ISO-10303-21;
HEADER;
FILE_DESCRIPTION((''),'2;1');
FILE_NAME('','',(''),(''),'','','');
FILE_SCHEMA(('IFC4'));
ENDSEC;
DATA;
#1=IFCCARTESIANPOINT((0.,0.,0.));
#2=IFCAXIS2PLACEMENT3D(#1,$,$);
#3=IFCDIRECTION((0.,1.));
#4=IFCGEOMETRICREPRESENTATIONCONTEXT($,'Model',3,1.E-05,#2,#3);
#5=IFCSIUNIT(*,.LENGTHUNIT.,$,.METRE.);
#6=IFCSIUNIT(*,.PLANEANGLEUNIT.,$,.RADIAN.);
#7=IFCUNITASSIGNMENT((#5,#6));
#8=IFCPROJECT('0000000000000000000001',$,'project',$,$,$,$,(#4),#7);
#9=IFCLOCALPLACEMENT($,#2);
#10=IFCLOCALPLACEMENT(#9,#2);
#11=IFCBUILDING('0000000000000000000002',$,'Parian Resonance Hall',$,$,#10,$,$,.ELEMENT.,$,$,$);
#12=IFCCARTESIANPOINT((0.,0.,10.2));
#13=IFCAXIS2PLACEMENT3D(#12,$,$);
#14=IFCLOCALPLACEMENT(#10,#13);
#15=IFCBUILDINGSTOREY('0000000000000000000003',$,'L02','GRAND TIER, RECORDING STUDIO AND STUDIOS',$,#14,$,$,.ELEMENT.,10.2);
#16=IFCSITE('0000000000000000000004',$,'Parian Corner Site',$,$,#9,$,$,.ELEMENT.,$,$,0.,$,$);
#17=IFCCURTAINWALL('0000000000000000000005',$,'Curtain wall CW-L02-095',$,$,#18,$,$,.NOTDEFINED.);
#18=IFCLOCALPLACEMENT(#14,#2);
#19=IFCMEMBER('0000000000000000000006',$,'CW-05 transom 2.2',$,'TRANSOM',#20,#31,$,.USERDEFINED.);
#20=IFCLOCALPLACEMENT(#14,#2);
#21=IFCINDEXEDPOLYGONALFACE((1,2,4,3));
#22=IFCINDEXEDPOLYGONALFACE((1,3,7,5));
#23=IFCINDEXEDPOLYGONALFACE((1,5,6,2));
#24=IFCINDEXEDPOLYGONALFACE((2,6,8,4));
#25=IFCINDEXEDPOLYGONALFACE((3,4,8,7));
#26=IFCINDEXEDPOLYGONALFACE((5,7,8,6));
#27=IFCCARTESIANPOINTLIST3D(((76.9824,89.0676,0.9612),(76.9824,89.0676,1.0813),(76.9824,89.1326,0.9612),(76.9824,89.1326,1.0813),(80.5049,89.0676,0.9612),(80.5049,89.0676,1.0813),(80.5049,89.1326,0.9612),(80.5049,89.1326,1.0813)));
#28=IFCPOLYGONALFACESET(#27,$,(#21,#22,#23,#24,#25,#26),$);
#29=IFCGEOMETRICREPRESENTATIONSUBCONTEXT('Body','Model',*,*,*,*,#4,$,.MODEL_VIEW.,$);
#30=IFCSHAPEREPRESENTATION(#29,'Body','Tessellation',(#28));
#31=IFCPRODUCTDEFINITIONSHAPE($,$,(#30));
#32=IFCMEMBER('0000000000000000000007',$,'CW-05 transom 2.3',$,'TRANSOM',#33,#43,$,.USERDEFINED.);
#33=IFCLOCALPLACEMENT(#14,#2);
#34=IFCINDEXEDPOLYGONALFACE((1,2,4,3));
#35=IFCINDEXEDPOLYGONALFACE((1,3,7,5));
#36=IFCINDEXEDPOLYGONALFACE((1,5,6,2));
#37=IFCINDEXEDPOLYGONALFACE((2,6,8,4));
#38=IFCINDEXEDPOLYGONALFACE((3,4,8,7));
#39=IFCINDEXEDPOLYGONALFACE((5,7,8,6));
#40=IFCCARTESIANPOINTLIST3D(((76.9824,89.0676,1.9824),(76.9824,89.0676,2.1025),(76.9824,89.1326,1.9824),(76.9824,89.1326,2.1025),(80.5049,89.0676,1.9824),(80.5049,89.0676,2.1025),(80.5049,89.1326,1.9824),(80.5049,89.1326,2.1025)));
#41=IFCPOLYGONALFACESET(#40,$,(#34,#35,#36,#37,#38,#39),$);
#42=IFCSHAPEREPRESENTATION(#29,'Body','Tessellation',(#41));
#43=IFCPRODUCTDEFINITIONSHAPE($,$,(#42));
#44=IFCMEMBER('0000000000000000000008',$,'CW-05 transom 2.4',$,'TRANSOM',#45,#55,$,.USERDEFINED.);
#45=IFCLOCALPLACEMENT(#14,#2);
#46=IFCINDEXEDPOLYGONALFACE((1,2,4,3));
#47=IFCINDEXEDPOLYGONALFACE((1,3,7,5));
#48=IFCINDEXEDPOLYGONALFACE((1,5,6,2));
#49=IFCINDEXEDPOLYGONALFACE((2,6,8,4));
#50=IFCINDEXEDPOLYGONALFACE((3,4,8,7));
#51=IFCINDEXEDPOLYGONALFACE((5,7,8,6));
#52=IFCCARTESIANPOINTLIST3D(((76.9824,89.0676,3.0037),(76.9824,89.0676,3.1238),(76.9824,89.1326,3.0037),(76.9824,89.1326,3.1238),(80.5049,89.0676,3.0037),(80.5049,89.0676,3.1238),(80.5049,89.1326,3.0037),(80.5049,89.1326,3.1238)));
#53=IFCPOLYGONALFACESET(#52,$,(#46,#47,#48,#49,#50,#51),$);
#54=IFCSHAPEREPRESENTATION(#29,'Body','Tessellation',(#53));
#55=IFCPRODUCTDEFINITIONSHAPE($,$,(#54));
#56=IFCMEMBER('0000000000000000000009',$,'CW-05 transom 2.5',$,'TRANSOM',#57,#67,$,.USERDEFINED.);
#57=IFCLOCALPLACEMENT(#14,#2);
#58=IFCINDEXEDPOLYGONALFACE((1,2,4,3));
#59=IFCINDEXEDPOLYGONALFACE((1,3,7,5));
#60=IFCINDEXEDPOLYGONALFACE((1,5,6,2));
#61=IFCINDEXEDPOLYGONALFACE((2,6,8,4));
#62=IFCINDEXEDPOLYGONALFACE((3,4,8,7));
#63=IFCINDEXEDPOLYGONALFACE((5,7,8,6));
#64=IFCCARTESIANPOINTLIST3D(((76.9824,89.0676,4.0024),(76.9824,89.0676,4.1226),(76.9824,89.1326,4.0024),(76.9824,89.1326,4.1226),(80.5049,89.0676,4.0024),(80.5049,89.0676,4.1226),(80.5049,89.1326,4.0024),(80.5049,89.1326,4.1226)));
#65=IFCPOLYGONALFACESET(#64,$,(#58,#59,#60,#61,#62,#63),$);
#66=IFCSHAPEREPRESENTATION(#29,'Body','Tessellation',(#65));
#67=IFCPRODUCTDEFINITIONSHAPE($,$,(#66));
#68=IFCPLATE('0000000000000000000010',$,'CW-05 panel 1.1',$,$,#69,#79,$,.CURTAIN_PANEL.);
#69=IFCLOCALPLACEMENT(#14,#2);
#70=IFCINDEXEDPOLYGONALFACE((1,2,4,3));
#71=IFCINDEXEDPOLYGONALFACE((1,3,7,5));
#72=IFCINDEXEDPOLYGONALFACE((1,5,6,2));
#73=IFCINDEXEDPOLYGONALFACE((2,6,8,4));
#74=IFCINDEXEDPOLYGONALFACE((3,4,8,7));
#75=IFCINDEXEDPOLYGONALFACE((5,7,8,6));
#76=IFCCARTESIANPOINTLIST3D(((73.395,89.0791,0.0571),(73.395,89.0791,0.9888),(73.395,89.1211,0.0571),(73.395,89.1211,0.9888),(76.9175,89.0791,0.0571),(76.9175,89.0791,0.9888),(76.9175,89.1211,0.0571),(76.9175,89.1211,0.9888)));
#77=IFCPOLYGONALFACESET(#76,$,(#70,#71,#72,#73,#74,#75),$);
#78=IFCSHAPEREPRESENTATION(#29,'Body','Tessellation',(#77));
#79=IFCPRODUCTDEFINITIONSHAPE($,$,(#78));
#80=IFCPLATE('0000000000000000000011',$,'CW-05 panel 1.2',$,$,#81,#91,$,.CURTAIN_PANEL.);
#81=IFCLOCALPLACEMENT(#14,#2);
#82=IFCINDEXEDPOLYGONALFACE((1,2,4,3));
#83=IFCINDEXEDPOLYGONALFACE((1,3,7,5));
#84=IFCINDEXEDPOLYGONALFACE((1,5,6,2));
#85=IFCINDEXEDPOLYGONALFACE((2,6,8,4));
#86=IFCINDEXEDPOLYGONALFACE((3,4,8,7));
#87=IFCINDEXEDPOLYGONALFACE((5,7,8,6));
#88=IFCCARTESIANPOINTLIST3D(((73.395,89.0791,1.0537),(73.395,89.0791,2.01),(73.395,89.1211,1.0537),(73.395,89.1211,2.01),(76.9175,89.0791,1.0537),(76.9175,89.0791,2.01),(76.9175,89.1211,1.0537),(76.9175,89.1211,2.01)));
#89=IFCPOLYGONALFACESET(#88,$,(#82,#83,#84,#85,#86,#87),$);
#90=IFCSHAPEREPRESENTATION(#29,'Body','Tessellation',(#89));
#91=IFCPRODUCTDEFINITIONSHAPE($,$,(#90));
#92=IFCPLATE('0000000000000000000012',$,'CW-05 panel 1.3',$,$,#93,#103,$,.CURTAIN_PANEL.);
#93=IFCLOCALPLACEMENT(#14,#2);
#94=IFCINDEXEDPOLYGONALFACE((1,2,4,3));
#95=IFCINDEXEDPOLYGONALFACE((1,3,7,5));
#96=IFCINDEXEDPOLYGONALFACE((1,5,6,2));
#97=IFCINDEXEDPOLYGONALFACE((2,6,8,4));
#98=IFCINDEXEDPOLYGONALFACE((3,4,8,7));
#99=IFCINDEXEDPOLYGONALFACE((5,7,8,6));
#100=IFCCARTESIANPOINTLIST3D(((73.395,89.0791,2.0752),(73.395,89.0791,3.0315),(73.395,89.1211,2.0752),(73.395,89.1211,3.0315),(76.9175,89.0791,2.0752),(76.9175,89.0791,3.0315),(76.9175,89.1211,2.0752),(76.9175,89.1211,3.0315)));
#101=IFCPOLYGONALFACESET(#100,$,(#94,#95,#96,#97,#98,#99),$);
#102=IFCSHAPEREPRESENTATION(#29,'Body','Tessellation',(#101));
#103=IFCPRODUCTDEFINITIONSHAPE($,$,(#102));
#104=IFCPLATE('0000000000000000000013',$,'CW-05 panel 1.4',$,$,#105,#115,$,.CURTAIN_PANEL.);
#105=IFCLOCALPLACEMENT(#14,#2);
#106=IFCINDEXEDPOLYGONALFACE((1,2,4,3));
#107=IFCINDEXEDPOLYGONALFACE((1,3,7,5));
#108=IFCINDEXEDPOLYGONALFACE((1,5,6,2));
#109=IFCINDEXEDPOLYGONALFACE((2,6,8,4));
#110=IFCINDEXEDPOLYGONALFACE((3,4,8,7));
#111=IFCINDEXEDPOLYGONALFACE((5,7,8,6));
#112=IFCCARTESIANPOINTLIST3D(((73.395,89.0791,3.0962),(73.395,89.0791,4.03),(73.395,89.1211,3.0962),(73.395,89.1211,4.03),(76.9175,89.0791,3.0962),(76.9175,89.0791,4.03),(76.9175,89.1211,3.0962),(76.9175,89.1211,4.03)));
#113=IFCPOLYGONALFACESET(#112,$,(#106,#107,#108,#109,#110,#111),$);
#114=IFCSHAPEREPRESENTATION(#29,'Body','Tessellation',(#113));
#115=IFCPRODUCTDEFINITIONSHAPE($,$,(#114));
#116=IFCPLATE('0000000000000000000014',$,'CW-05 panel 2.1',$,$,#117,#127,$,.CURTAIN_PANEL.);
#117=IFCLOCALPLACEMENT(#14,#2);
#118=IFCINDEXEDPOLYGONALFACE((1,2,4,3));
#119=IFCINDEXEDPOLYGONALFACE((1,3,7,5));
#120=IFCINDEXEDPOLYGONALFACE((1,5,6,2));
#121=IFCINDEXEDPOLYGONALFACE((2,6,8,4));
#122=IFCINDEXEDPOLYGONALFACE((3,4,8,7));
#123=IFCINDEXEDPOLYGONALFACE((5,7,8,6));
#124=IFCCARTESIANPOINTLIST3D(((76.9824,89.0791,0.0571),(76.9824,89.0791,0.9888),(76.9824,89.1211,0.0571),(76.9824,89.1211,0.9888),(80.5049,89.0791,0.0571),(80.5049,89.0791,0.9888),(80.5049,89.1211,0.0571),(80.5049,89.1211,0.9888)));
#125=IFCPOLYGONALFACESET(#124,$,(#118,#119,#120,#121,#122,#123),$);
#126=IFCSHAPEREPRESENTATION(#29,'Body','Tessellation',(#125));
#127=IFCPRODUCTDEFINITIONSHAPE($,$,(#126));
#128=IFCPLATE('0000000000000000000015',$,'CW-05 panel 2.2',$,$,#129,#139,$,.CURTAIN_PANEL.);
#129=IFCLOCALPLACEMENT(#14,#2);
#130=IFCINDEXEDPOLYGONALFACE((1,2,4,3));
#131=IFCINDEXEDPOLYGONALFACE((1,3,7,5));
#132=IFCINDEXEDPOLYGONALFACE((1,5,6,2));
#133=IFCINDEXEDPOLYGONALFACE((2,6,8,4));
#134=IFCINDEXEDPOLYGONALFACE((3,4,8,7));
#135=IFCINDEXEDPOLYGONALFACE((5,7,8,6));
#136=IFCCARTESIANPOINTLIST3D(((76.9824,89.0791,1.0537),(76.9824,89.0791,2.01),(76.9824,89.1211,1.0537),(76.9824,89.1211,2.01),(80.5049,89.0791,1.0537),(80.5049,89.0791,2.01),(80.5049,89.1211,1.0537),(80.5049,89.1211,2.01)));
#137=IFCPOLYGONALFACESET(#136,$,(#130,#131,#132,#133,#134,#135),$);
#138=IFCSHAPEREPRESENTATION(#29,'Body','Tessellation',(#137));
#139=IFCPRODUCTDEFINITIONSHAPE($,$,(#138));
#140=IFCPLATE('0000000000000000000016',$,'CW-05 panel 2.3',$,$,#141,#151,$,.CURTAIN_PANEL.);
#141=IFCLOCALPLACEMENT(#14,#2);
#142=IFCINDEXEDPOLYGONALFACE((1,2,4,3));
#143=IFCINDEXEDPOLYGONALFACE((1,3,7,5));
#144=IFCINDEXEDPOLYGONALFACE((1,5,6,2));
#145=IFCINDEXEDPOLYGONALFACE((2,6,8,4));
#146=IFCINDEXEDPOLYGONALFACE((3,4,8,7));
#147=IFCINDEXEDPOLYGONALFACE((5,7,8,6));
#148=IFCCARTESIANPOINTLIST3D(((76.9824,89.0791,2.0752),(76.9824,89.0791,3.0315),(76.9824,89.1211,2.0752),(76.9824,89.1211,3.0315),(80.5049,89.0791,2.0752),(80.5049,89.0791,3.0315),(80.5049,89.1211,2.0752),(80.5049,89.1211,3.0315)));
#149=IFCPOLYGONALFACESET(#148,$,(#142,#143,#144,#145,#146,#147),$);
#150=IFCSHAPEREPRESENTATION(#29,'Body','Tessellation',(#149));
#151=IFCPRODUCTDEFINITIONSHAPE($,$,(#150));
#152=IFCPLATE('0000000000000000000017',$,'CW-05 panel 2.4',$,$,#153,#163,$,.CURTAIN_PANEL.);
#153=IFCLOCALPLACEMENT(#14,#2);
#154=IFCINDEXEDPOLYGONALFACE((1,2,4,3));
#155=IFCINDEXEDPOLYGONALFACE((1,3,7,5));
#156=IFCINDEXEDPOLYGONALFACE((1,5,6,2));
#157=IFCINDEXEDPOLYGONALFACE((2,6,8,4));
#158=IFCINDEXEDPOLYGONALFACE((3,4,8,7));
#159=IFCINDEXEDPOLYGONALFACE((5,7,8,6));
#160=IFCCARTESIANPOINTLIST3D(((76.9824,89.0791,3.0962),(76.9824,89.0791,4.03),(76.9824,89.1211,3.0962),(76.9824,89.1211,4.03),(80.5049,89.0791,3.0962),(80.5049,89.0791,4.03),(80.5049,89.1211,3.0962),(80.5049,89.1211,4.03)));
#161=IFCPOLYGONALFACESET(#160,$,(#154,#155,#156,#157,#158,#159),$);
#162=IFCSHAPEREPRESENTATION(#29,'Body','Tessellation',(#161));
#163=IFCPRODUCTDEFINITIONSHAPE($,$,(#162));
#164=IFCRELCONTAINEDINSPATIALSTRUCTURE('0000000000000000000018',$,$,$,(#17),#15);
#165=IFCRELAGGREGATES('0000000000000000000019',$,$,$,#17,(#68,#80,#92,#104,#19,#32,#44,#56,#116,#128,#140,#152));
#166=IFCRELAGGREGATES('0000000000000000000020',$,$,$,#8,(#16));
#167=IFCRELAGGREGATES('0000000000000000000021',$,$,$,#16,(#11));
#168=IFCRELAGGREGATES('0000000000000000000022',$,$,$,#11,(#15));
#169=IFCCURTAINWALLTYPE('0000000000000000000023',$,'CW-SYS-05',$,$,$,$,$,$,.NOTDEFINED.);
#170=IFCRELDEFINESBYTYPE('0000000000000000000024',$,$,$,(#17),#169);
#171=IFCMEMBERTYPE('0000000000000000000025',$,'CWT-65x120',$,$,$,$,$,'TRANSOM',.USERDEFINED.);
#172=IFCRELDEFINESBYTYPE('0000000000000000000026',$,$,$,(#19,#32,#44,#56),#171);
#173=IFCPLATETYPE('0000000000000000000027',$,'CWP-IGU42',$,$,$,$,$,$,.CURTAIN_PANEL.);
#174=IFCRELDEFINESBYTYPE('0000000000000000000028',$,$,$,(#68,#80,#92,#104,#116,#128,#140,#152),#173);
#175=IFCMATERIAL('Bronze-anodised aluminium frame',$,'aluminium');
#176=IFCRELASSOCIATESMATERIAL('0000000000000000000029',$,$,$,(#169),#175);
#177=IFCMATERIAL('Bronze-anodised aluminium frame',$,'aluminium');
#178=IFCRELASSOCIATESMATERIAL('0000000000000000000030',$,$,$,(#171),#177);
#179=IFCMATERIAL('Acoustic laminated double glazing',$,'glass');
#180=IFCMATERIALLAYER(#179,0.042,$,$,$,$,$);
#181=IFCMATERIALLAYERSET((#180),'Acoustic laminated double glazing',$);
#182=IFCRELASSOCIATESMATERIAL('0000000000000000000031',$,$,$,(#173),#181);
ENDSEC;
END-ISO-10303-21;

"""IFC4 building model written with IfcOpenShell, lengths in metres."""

from ifc_helpers import new_model, si_unit, direction, frame, origin, origin_2d, place, context, subcontext, project, spatial, rectangle, extrude, material, layer, layer_set, material_profile, profile_set, type_object, element, aggregate, save


model = new_model("IFC4")

# Units and contexts
model_context = context("Model", 3, precision=1e-05, world=origin(), true_north=direction((0.0, 1.0)))
body_context = subcontext(model_context, "Body", "Model", "MODEL_VIEW")
ifc_project = project(units=[si_unit("LENGTHUNIT", "METRE"), si_unit("PLANEANGLEUNIT", "RADIAN")], contexts=[model_context])

# Site, building, storey
site_placement = place(None, origin())
site = spatial("IfcSite", under=ifc_project, at=site_placement, Name="Parian Corner Site", CompositionType="ELEMENT", RefElevation=0.0)
building_placement = place(site_placement, origin())
building = spatial("IfcBuilding", under=site, at=building_placement, Name="Parian Resonance Hall", CompositionType="ELEMENT")
storey_placement = place(building_placement, frame((0.0, 0.0, 10.2)))
storey = spatial("IfcBuildingStorey", under=building, at=storey_placement, Name="L02", Description="GRAND TIER, RECORDING STUDIO AND STUDIOS", CompositionType="ELEMENT", Elevation=10.2)

# Curtain wall, members, plates
ifc_material_1 = material(Name="Bronze-anodised aluminium frame", Category="aluminium")
curtain_wall_type = type_object("IfcCurtainWallType", Name="CW-SYS-05", PredefinedType="NOTDEFINED", material=ifc_material_1)
curtain_wall_placement = place(storey_placement, origin())
curtain_wall = element("IfcCurtainWall", 1, at=curtain_wall_placement, inside=storey, type_object=curtain_wall_type, Name="Curtain wall CW-L02-095", PredefinedType="NOTDEFINED")
ifc_material_2 = material(Name="Bronze-anodised aluminium frame", Category="aluminium")
ifc_material_profile_1 = material_profile(ifc_material_2, rectangle(XDim=0.0649, YDim=0.1201, at=origin_2d()), Name="CWT-65x120")
ifc_profile_set_1 = profile_set([ifc_material_profile_1], Name="Bronze-anodised aluminium frame")
member_type_1 = type_object("IfcMemberType", Name="CWT-65x120", ElementType="TRANSOM", PredefinedType="USERDEFINED", material=ifc_profile_set_1)
member_1_placement = place(storey_placement, frame((76.9824, 89.1001, 1.0212), z_axis=(1.0, 0.0, 0.0), x_axis=(0.0, 1.0, 0.0)))
member_1 = element("IfcMember", 2, at=member_1_placement, type_object=member_type_1, Name="CW-05 transom 2.2", ObjectType="TRANSOM", PredefinedType="USERDEFINED", context=body_context, shape_type="SweptSolid", body=[
    extrude(rectangle(XDim=0.0649, YDim=0.1201, at=origin_2d()), origin(), (0.0, 0.0, 1.0), 3.5225),
])
member_2_placement = place(storey_placement, frame((76.9824, 89.1001, 2.0425), z_axis=(1.0, 0.0, 0.0), x_axis=(0.0, 1.0, 0.0)))
member_2 = element("IfcMember", 3, at=member_2_placement, type_object=member_type_1, Name="CW-05 transom 2.3", ObjectType="TRANSOM", PredefinedType="USERDEFINED", context=body_context, shape_type="SweptSolid", body=[
    extrude(rectangle(XDim=0.0649, YDim=0.1201, at=origin_2d()), origin(), (0.0, 0.0, 1.0), 3.5225),
])
member_3_placement = place(storey_placement, frame((76.9824, 89.1001, 3.0637), z_axis=(1.0, 0.0, 0.0), x_axis=(0.0, 1.0, 0.0)))
member_3 = element("IfcMember", 4, at=member_3_placement, type_object=member_type_1, Name="CW-05 transom 2.4", ObjectType="TRANSOM", PredefinedType="USERDEFINED", context=body_context, shape_type="SweptSolid", body=[
    extrude(rectangle(XDim=0.0649, YDim=0.1201, at=origin_2d()), origin(), (0.0, 0.0, 1.0), 3.5225),
])
member_4_placement = place(storey_placement, frame((76.9824, 89.1001, 4.0625), z_axis=(1.0, 0.0, 0.0), x_axis=(0.0, 1.0, 0.0)))
member_4 = element("IfcMember", 5, at=member_4_placement, type_object=member_type_1, Name="CW-05 transom 2.5", ObjectType="TRANSOM", PredefinedType="USERDEFINED", context=body_context, shape_type="SweptSolid", body=[
    extrude(rectangle(XDim=0.0649, YDim=0.1201, at=origin_2d()), origin(), (0.0, 0.0, 1.0), 3.5225),
])
ifc_material_3 = material(Name="Acoustic laminated double glazing", Category="glass")
ifc_layer = layer(ifc_material_3, 0.042)
ifc_layer_set = layer_set([ifc_layer], Name="Acoustic laminated double glazing")
plate_type = type_object("IfcPlateType", Name="CWP-IGU42", PredefinedType="CURTAIN_PANEL", material=ifc_layer_set)
plate_1_placement = place(storey_placement, frame((75.1562, 89.1001, 0.0571), z_axis=(0.0, 0.0, 1.0), x_axis=(1.0, 0.0, 0.0)))
plate_1 = element("IfcPlate", 6, at=plate_1_placement, type_object=plate_type, Name="CW-05 panel 1.1", PredefinedType="CURTAIN_PANEL", context=body_context, shape_type="SweptSolid", body=[
    extrude(rectangle(XDim=3.5225, YDim=0.042, at=origin_2d()), origin(), (0.0, 0.0, 1.0), 0.9316),
])
plate_2_placement = place(storey_placement, frame((75.1562, 89.1001, 1.0537), z_axis=(0.0, 0.0, 1.0), x_axis=(1.0, 0.0, 0.0)))
plate_2 = element("IfcPlate", 7, at=plate_2_placement, type_object=plate_type, Name="CW-05 panel 1.2", PredefinedType="CURTAIN_PANEL", context=body_context, shape_type="SweptSolid", body=[
    extrude(rectangle(XDim=3.5225, YDim=0.042, at=origin_2d()), origin(), (0.0, 0.0, 1.0), 0.9563),
])
plate_3_placement = place(storey_placement, frame((75.1562, 89.1001, 2.0752), z_axis=(0.0, 0.0, 1.0), x_axis=(1.0, 0.0, 0.0)))
plate_3 = element("IfcPlate", 8, at=plate_3_placement, type_object=plate_type, Name="CW-05 panel 1.3", PredefinedType="CURTAIN_PANEL", context=body_context, shape_type="SweptSolid", body=[
    extrude(rectangle(XDim=3.5225, YDim=0.042, at=origin_2d()), origin(), (0.0, 0.0, 1.0), 0.9563),
])
plate_4_placement = place(storey_placement, frame((75.1562, 89.1001, 3.0962), z_axis=(0.0, 0.0, 1.0), x_axis=(1.0, 0.0, 0.0)))
plate_4 = element("IfcPlate", 9, at=plate_4_placement, type_object=plate_type, Name="CW-05 panel 1.4", PredefinedType="CURTAIN_PANEL", context=body_context, shape_type="SweptSolid", body=[
    extrude(rectangle(XDim=3.5225, YDim=0.042, at=origin_2d()), origin(), (0.0, 0.0, 1.0), 0.9338),
])
plate_5_placement = place(storey_placement, frame((78.7437, 89.1001, 0.0571), z_axis=(0.0, 0.0, 1.0), x_axis=(1.0, 0.0, 0.0)))
plate_5 = element("IfcPlate", 10, at=plate_5_placement, type_object=plate_type, Name="CW-05 panel 2.1", PredefinedType="CURTAIN_PANEL", context=body_context, shape_type="SweptSolid", body=[
    extrude(rectangle(XDim=3.5225, YDim=0.042, at=origin_2d()), origin(), (0.0, 0.0, 1.0), 0.9316),
])
plate_6_placement = place(storey_placement, frame((78.7437, 89.1001, 1.0537), z_axis=(0.0, 0.0, 1.0), x_axis=(1.0, 0.0, 0.0)))
plate_6 = element("IfcPlate", 11, at=plate_6_placement, type_object=plate_type, Name="CW-05 panel 2.2", PredefinedType="CURTAIN_PANEL", context=body_context, shape_type="SweptSolid", body=[
    extrude(rectangle(XDim=3.5225, YDim=0.042, at=origin_2d()), origin(), (0.0, 0.0, 1.0), 0.9563),
])
plate_7_placement = place(storey_placement, frame((78.7437, 89.1001, 2.0752), z_axis=(0.0, 0.0, 1.0), x_axis=(1.0, 0.0, 0.0)))
plate_7 = element("IfcPlate", 12, at=plate_7_placement, type_object=plate_type, Name="CW-05 panel 2.3", PredefinedType="CURTAIN_PANEL", context=body_context, shape_type="SweptSolid", body=[
    extrude(rectangle(XDim=3.5225, YDim=0.042, at=origin_2d()), origin(), (0.0, 0.0, 1.0), 0.9563),
])
plate_8_placement = place(storey_placement, frame((78.7437, 89.1001, 3.0962), z_axis=(0.0, 0.0, 1.0), x_axis=(1.0, 0.0, 0.0)))
plate_8 = element("IfcPlate", 13, at=plate_8_placement, type_object=plate_type, Name="CW-05 panel 2.4", PredefinedType="CURTAIN_PANEL", context=body_context, shape_type="SweptSolid", body=[
    extrude(rectangle(XDim=3.5225, YDim=0.042, at=origin_2d()), origin(), (0.0, 0.0, 1.0), 0.9338),
])
aggregate(curtain_wall, [plate_1, plate_2, plate_3, plate_4, member_1, member_2, member_3, member_4, plate_5, plate_6, plate_7, plate_8])

save(model, "model.ifc")
